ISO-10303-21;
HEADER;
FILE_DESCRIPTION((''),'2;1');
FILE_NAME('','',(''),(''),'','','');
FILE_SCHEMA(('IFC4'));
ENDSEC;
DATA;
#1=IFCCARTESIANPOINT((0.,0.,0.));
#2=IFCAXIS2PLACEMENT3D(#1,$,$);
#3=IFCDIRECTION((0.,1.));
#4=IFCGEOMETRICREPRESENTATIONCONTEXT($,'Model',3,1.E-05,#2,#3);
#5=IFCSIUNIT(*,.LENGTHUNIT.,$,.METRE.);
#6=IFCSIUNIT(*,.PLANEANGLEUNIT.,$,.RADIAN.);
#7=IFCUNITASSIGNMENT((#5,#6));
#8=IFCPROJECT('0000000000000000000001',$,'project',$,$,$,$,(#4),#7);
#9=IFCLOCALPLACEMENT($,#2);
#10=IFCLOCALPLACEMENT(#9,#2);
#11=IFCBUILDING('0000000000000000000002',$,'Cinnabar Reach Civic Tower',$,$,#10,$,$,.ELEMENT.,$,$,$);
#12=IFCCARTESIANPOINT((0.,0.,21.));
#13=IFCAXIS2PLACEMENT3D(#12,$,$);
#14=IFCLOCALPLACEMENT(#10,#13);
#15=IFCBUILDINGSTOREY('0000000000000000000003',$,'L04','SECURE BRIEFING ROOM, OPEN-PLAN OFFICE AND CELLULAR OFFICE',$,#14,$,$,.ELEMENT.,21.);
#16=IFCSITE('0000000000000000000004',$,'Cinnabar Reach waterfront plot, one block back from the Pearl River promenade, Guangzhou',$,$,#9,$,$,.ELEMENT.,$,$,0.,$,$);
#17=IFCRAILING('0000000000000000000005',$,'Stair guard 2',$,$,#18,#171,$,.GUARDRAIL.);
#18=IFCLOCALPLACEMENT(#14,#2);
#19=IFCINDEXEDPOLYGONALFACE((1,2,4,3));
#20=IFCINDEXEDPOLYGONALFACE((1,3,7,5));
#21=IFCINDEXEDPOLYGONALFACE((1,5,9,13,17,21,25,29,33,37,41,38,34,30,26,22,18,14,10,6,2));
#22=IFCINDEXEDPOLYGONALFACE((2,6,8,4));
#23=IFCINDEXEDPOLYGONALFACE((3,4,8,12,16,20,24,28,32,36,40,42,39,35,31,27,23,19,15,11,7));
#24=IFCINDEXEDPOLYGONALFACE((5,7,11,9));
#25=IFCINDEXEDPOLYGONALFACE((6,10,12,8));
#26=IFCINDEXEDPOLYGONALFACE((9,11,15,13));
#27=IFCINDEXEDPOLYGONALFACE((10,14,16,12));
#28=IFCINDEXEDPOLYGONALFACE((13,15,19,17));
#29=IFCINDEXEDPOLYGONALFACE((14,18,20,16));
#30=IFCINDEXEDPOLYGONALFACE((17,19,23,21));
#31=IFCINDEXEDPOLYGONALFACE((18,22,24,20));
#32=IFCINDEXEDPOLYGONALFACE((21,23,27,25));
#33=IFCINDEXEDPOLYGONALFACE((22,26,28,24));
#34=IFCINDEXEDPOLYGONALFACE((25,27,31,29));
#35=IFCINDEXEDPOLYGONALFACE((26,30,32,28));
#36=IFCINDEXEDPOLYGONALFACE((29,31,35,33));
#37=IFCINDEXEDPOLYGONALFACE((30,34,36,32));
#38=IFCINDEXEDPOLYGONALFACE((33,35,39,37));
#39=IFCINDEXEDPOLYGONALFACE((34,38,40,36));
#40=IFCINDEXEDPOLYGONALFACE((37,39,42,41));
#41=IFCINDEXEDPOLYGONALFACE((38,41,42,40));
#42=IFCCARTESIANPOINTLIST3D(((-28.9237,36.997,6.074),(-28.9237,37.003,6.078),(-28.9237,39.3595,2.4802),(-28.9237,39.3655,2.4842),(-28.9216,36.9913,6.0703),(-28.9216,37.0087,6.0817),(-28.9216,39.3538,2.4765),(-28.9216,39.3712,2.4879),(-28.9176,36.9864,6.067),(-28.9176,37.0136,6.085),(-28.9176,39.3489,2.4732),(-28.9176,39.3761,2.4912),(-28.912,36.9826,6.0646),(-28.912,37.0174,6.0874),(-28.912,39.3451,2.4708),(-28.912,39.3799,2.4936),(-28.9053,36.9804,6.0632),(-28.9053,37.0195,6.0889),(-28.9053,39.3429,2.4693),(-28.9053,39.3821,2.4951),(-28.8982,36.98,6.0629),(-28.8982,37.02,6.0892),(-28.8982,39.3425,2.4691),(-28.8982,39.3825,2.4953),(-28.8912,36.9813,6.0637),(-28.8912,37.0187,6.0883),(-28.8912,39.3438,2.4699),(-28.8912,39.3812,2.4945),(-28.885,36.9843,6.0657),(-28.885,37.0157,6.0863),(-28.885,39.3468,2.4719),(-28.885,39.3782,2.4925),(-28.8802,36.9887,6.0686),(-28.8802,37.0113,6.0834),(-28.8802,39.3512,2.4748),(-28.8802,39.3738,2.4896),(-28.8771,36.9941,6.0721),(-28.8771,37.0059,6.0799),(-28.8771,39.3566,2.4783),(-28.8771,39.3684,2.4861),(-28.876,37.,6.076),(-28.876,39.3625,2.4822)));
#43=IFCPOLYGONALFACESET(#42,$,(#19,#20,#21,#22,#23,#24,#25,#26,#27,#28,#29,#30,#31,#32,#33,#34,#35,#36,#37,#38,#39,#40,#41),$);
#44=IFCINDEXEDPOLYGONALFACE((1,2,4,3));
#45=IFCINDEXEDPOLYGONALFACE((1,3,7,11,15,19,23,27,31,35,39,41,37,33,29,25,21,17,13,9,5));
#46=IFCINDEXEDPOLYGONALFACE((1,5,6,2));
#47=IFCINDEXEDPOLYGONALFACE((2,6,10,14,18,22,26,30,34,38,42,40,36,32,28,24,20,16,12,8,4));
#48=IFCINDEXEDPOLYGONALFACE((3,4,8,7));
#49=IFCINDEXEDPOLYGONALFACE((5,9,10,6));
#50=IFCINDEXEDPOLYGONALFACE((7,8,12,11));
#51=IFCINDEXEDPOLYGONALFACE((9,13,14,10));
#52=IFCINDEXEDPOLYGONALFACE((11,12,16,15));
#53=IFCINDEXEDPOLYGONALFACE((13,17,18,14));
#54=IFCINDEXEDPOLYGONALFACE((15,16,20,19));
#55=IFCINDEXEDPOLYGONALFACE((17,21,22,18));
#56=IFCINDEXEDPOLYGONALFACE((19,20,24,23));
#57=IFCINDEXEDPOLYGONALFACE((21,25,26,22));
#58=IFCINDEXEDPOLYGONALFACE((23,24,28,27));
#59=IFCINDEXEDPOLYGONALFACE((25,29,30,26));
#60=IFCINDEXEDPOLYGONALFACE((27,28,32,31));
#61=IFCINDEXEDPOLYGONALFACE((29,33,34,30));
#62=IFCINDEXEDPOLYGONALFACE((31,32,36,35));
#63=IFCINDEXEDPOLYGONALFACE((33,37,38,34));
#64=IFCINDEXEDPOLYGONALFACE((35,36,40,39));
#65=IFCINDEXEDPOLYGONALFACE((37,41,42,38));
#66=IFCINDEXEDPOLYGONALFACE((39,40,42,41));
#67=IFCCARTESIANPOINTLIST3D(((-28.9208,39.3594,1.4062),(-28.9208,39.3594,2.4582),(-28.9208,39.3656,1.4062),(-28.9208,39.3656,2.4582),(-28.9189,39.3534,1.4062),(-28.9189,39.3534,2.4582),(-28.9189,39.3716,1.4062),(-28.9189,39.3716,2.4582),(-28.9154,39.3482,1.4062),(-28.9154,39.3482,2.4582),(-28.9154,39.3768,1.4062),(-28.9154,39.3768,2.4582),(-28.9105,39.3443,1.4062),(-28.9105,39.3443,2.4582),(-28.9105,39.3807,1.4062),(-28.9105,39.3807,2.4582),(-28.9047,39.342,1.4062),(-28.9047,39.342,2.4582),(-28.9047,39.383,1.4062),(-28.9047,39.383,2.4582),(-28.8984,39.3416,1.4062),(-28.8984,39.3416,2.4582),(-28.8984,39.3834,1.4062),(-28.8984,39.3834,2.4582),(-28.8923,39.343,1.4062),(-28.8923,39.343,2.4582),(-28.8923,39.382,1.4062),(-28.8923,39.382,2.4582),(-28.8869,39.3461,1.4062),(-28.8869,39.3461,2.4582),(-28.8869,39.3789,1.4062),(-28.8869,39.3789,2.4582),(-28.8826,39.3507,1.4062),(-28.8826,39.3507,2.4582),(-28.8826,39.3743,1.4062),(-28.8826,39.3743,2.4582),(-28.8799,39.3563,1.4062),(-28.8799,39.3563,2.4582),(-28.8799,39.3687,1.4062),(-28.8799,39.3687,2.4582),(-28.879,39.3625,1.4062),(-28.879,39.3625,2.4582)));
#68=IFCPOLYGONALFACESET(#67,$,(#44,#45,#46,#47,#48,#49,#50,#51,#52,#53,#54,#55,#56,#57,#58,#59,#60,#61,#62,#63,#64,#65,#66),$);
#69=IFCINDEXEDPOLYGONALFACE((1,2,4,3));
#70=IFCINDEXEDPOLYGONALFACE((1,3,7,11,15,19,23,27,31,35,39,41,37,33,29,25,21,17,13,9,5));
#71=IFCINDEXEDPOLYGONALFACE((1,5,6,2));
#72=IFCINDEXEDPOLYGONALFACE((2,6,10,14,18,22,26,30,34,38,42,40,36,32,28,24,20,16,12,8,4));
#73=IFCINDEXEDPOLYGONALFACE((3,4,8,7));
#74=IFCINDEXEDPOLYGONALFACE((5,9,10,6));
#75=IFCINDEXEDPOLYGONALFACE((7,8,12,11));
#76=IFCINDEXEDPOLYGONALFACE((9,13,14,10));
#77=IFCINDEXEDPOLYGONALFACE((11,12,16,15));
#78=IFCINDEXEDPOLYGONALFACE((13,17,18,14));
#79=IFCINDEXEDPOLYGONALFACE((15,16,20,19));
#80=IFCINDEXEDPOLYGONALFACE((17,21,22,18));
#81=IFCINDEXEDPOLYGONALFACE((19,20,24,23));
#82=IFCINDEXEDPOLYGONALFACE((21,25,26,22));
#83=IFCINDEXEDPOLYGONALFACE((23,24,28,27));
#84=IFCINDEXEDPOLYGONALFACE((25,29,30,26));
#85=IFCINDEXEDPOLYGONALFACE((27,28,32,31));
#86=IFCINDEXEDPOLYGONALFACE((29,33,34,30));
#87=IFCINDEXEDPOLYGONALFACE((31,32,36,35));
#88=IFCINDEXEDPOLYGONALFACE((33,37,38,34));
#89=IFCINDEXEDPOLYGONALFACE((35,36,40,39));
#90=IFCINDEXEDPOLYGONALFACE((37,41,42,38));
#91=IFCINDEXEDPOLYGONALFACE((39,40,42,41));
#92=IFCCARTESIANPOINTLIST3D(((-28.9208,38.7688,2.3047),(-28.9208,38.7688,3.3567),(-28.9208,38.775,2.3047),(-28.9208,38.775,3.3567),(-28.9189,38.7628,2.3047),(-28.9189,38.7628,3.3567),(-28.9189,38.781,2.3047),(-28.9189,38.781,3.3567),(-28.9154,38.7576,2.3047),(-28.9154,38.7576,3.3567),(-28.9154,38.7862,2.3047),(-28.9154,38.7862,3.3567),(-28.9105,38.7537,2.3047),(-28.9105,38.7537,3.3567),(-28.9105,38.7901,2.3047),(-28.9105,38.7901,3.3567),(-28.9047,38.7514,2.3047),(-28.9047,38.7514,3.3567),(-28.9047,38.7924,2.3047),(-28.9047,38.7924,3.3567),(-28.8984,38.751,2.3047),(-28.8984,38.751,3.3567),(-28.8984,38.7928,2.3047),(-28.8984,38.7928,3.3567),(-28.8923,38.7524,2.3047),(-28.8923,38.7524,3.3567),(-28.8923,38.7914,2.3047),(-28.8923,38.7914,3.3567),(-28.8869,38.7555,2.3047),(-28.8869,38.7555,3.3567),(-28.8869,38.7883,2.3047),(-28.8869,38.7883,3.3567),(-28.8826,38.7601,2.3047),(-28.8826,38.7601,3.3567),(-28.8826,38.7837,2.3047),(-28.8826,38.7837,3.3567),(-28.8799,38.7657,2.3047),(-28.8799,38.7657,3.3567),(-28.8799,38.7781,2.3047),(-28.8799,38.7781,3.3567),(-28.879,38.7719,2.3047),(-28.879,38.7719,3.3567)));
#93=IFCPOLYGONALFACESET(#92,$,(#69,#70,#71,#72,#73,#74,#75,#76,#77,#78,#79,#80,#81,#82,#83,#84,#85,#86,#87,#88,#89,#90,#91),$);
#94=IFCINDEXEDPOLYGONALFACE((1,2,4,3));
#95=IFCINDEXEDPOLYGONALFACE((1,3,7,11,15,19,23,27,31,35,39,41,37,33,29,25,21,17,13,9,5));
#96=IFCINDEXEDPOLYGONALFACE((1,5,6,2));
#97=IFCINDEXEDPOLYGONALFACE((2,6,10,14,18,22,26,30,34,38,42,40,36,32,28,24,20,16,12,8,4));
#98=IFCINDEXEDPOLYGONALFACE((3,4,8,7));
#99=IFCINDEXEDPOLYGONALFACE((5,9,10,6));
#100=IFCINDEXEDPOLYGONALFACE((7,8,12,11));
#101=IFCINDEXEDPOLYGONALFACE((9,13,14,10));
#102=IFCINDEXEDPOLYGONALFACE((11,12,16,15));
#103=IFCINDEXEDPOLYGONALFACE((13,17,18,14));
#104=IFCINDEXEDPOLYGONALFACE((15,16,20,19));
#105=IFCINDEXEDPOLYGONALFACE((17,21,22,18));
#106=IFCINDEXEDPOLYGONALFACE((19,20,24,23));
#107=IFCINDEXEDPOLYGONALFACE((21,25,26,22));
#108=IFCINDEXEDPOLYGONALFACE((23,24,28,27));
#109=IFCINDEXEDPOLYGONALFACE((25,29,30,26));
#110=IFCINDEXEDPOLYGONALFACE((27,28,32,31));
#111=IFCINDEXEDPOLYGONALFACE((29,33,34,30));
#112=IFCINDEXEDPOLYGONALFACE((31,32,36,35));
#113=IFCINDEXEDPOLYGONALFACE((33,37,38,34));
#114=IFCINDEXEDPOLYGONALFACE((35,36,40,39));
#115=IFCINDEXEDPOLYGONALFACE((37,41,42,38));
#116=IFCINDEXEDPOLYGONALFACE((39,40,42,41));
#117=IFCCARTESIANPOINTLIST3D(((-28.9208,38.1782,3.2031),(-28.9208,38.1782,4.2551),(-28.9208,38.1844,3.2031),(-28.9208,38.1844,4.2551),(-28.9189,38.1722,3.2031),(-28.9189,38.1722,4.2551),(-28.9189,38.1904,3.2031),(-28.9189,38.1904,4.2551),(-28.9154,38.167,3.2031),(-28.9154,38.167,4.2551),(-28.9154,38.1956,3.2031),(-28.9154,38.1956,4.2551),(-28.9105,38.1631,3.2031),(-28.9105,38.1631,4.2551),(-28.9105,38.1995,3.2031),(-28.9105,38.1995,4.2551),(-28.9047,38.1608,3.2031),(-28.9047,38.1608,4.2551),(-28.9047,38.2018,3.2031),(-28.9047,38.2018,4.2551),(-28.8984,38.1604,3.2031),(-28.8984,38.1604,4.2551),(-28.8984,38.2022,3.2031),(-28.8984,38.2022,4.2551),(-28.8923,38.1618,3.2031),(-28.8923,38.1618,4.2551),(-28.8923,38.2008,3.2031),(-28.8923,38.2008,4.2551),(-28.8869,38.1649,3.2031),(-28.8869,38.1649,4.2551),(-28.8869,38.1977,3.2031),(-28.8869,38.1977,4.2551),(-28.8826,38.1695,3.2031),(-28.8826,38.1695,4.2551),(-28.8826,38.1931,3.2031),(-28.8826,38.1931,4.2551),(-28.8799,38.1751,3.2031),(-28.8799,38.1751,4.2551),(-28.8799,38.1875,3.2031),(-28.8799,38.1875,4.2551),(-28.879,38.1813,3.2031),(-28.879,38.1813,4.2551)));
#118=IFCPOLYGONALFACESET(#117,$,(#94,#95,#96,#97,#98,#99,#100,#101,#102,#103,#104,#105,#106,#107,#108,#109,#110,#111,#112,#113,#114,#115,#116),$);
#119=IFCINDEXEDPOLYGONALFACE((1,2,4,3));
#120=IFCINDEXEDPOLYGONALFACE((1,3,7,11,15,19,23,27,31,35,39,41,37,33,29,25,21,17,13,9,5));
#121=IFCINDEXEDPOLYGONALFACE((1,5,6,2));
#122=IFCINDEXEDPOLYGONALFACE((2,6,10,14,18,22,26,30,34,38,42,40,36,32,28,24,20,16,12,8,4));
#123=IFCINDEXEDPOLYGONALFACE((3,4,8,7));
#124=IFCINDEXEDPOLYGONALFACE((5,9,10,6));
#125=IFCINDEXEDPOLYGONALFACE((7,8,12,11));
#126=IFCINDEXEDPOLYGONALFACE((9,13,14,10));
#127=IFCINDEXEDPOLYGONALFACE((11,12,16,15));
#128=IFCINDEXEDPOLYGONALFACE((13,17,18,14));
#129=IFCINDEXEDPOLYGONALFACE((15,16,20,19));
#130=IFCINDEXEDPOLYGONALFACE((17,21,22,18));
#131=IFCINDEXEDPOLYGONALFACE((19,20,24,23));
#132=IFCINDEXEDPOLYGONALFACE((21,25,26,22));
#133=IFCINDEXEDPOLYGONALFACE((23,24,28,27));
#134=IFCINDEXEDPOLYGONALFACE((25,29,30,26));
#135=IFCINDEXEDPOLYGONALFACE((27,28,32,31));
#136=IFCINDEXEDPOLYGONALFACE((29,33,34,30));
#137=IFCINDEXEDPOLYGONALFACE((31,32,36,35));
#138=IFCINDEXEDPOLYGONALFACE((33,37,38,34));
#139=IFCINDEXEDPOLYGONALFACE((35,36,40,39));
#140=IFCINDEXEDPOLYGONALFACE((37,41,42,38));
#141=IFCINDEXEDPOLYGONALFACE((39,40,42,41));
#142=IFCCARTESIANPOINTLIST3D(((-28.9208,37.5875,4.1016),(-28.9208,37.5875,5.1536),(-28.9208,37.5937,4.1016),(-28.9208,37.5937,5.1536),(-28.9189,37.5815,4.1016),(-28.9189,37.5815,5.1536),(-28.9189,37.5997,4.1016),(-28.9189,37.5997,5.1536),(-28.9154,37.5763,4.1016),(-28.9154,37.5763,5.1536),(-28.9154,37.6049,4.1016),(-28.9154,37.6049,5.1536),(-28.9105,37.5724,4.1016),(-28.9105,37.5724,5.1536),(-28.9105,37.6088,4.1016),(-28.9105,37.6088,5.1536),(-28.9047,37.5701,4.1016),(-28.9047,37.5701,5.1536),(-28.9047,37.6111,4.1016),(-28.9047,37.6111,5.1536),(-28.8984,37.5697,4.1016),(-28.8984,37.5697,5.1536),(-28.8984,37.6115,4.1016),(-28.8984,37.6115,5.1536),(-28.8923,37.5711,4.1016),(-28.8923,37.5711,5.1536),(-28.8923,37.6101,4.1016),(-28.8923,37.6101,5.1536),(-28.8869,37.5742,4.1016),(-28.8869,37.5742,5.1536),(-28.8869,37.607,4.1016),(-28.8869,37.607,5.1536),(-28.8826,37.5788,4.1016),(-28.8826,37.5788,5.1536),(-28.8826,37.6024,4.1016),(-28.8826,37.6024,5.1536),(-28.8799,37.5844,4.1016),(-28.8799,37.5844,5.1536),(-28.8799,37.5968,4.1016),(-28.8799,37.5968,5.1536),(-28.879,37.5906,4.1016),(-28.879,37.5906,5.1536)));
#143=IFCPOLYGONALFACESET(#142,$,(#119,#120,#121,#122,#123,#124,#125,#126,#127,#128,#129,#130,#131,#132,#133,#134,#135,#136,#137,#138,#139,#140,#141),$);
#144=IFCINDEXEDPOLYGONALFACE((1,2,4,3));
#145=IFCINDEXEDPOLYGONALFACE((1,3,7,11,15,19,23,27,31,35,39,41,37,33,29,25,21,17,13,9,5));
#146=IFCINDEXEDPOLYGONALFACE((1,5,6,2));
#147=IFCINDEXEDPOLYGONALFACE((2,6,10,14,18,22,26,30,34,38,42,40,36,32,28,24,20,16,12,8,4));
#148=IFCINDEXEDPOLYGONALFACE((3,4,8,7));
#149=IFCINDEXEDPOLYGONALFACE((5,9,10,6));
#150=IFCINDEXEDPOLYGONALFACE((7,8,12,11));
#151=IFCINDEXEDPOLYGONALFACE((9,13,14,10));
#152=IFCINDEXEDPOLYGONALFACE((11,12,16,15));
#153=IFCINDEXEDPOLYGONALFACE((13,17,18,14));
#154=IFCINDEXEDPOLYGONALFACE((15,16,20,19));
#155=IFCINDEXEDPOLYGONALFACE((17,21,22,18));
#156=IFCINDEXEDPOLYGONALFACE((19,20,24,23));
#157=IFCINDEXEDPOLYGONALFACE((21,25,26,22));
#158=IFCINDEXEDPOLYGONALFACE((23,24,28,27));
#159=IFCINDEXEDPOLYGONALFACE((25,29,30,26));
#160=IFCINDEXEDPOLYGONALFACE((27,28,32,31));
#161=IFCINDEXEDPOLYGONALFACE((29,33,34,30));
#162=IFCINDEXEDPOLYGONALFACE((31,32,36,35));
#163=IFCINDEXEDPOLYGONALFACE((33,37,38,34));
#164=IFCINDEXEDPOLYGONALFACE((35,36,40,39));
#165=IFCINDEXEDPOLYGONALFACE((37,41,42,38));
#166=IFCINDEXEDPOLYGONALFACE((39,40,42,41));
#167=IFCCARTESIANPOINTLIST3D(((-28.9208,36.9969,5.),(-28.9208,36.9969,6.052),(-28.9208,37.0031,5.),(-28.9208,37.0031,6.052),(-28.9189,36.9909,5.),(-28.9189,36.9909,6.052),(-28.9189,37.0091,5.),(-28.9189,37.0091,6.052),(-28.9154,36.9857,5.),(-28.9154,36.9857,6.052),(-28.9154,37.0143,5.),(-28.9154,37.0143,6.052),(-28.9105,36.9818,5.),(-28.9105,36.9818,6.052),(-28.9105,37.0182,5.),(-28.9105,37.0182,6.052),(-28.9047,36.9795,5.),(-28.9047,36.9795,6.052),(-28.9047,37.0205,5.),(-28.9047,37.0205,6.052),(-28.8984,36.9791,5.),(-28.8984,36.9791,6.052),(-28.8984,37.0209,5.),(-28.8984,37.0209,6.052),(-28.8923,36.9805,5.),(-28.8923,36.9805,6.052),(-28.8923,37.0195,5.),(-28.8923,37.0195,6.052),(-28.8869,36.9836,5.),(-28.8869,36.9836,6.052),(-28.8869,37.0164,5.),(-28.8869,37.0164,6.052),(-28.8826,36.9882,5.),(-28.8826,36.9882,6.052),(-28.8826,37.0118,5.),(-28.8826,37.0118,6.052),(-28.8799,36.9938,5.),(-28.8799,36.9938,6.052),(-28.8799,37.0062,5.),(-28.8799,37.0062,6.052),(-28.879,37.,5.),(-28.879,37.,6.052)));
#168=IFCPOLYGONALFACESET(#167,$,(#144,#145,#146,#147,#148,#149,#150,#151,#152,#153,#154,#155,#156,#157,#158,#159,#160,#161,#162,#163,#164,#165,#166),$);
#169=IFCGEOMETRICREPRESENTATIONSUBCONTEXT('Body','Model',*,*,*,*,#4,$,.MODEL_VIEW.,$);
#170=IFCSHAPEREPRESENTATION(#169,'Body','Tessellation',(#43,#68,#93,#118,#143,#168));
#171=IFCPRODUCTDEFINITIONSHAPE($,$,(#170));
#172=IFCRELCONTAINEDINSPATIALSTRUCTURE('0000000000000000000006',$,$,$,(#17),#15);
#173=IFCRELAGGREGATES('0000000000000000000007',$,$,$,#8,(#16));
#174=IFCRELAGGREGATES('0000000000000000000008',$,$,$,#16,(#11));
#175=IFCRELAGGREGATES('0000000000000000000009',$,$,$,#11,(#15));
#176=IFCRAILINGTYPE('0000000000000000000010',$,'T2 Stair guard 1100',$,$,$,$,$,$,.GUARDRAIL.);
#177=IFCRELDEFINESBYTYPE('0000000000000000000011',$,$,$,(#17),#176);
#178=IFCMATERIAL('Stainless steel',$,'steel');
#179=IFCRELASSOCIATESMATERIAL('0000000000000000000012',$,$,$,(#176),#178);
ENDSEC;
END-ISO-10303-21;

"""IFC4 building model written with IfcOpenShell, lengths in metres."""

from ifc_helpers import new_model, si_unit, direction, frame, origin, origin_2d, place, context, subcontext, project, spatial, circle, extrude, material, type_object, element, save


model = new_model("IFC4")

# Units and contexts
model_context = context("Model", 3, precision=1e-05, world=origin(), true_north=direction((0.0, 1.0)))
body_context = subcontext(model_context, "Body", "Model", "MODEL_VIEW")
ifc_project = project(units=[si_unit("LENGTHUNIT", "METRE"), si_unit("PLANEANGLEUNIT", "RADIAN")], contexts=[model_context])

# Site, building, storey
site_placement = place(None, origin())
site = spatial("IfcSite", under=ifc_project, at=site_placement, Name="Cinnabar Reach waterfront plot, one block back from the Pearl River promenade, Guangzhou", CompositionType="ELEMENT", RefElevation=0.0)
building_placement = place(site_placement, origin())
building = spatial("IfcBuilding", under=site, at=building_placement, Name="Cinnabar Reach Civic Tower", CompositionType="ELEMENT")
storey_placement = place(building_placement, frame((0.0, 0.0, 21.0)))
storey = spatial("IfcBuildingStorey", under=building, at=storey_placement, Name="L04", Description="SECURE BRIEFING ROOM, OPEN-PLAN OFFICE AND CELLULAR OFFICE", CompositionType="ELEMENT", Elevation=21.0)

# Railing
ifc_material_1 = material(Name="Stainless steel", Category="steel")
railing_type = type_object("IfcRailingType", Name="T2 Stair guard 1100", PredefinedType="GUARDRAIL", material=ifc_material_1)
railing_1_placement = place(storey_placement, frame((-28.9, 39.3625, 1.4062)))
element("IfcRailing", 1, at=railing_1_placement, inside=storey, type_object=railing_type, Name="Stair guard 2", PredefinedType="GUARDRAIL", context=body_context, shape_type="SweptSolid", body=[
    extrude(circle(Radius=0.024, at=origin_2d()), frame((0.0, 0.0, 1.076), z_axis=(0.0, -0.549318, 0.835614), x_axis=(1.0, 0.0, 0.0)), (0.0, 0.0, 1.0), 4.3008),
    extrude(circle(Radius=0.021, at=origin_2d()), origin(), (0.0, 0.0, 1.0), 1.052),
    extrude(circle(Radius=0.021, at=origin_2d()), frame((0.0, -0.5906, 0.8985)), (0.0, 0.0, 1.0), 1.052),
    extrude(circle(Radius=0.021, at=origin_2d()), frame((0.0, -1.1812, 1.7969)), (0.0, 0.0, 1.0), 1.052),
    extrude(circle(Radius=0.021, at=origin_2d()), frame((0.0, -1.7719, 2.6954)), (0.0, 0.0, 1.0), 1.052),
    extrude(circle(Radius=0.021, at=origin_2d()), frame((0.0, -2.3625, 3.5938)), (0.0, 0.0, 1.0), 1.052),
])

save(model, "model.ifc")
